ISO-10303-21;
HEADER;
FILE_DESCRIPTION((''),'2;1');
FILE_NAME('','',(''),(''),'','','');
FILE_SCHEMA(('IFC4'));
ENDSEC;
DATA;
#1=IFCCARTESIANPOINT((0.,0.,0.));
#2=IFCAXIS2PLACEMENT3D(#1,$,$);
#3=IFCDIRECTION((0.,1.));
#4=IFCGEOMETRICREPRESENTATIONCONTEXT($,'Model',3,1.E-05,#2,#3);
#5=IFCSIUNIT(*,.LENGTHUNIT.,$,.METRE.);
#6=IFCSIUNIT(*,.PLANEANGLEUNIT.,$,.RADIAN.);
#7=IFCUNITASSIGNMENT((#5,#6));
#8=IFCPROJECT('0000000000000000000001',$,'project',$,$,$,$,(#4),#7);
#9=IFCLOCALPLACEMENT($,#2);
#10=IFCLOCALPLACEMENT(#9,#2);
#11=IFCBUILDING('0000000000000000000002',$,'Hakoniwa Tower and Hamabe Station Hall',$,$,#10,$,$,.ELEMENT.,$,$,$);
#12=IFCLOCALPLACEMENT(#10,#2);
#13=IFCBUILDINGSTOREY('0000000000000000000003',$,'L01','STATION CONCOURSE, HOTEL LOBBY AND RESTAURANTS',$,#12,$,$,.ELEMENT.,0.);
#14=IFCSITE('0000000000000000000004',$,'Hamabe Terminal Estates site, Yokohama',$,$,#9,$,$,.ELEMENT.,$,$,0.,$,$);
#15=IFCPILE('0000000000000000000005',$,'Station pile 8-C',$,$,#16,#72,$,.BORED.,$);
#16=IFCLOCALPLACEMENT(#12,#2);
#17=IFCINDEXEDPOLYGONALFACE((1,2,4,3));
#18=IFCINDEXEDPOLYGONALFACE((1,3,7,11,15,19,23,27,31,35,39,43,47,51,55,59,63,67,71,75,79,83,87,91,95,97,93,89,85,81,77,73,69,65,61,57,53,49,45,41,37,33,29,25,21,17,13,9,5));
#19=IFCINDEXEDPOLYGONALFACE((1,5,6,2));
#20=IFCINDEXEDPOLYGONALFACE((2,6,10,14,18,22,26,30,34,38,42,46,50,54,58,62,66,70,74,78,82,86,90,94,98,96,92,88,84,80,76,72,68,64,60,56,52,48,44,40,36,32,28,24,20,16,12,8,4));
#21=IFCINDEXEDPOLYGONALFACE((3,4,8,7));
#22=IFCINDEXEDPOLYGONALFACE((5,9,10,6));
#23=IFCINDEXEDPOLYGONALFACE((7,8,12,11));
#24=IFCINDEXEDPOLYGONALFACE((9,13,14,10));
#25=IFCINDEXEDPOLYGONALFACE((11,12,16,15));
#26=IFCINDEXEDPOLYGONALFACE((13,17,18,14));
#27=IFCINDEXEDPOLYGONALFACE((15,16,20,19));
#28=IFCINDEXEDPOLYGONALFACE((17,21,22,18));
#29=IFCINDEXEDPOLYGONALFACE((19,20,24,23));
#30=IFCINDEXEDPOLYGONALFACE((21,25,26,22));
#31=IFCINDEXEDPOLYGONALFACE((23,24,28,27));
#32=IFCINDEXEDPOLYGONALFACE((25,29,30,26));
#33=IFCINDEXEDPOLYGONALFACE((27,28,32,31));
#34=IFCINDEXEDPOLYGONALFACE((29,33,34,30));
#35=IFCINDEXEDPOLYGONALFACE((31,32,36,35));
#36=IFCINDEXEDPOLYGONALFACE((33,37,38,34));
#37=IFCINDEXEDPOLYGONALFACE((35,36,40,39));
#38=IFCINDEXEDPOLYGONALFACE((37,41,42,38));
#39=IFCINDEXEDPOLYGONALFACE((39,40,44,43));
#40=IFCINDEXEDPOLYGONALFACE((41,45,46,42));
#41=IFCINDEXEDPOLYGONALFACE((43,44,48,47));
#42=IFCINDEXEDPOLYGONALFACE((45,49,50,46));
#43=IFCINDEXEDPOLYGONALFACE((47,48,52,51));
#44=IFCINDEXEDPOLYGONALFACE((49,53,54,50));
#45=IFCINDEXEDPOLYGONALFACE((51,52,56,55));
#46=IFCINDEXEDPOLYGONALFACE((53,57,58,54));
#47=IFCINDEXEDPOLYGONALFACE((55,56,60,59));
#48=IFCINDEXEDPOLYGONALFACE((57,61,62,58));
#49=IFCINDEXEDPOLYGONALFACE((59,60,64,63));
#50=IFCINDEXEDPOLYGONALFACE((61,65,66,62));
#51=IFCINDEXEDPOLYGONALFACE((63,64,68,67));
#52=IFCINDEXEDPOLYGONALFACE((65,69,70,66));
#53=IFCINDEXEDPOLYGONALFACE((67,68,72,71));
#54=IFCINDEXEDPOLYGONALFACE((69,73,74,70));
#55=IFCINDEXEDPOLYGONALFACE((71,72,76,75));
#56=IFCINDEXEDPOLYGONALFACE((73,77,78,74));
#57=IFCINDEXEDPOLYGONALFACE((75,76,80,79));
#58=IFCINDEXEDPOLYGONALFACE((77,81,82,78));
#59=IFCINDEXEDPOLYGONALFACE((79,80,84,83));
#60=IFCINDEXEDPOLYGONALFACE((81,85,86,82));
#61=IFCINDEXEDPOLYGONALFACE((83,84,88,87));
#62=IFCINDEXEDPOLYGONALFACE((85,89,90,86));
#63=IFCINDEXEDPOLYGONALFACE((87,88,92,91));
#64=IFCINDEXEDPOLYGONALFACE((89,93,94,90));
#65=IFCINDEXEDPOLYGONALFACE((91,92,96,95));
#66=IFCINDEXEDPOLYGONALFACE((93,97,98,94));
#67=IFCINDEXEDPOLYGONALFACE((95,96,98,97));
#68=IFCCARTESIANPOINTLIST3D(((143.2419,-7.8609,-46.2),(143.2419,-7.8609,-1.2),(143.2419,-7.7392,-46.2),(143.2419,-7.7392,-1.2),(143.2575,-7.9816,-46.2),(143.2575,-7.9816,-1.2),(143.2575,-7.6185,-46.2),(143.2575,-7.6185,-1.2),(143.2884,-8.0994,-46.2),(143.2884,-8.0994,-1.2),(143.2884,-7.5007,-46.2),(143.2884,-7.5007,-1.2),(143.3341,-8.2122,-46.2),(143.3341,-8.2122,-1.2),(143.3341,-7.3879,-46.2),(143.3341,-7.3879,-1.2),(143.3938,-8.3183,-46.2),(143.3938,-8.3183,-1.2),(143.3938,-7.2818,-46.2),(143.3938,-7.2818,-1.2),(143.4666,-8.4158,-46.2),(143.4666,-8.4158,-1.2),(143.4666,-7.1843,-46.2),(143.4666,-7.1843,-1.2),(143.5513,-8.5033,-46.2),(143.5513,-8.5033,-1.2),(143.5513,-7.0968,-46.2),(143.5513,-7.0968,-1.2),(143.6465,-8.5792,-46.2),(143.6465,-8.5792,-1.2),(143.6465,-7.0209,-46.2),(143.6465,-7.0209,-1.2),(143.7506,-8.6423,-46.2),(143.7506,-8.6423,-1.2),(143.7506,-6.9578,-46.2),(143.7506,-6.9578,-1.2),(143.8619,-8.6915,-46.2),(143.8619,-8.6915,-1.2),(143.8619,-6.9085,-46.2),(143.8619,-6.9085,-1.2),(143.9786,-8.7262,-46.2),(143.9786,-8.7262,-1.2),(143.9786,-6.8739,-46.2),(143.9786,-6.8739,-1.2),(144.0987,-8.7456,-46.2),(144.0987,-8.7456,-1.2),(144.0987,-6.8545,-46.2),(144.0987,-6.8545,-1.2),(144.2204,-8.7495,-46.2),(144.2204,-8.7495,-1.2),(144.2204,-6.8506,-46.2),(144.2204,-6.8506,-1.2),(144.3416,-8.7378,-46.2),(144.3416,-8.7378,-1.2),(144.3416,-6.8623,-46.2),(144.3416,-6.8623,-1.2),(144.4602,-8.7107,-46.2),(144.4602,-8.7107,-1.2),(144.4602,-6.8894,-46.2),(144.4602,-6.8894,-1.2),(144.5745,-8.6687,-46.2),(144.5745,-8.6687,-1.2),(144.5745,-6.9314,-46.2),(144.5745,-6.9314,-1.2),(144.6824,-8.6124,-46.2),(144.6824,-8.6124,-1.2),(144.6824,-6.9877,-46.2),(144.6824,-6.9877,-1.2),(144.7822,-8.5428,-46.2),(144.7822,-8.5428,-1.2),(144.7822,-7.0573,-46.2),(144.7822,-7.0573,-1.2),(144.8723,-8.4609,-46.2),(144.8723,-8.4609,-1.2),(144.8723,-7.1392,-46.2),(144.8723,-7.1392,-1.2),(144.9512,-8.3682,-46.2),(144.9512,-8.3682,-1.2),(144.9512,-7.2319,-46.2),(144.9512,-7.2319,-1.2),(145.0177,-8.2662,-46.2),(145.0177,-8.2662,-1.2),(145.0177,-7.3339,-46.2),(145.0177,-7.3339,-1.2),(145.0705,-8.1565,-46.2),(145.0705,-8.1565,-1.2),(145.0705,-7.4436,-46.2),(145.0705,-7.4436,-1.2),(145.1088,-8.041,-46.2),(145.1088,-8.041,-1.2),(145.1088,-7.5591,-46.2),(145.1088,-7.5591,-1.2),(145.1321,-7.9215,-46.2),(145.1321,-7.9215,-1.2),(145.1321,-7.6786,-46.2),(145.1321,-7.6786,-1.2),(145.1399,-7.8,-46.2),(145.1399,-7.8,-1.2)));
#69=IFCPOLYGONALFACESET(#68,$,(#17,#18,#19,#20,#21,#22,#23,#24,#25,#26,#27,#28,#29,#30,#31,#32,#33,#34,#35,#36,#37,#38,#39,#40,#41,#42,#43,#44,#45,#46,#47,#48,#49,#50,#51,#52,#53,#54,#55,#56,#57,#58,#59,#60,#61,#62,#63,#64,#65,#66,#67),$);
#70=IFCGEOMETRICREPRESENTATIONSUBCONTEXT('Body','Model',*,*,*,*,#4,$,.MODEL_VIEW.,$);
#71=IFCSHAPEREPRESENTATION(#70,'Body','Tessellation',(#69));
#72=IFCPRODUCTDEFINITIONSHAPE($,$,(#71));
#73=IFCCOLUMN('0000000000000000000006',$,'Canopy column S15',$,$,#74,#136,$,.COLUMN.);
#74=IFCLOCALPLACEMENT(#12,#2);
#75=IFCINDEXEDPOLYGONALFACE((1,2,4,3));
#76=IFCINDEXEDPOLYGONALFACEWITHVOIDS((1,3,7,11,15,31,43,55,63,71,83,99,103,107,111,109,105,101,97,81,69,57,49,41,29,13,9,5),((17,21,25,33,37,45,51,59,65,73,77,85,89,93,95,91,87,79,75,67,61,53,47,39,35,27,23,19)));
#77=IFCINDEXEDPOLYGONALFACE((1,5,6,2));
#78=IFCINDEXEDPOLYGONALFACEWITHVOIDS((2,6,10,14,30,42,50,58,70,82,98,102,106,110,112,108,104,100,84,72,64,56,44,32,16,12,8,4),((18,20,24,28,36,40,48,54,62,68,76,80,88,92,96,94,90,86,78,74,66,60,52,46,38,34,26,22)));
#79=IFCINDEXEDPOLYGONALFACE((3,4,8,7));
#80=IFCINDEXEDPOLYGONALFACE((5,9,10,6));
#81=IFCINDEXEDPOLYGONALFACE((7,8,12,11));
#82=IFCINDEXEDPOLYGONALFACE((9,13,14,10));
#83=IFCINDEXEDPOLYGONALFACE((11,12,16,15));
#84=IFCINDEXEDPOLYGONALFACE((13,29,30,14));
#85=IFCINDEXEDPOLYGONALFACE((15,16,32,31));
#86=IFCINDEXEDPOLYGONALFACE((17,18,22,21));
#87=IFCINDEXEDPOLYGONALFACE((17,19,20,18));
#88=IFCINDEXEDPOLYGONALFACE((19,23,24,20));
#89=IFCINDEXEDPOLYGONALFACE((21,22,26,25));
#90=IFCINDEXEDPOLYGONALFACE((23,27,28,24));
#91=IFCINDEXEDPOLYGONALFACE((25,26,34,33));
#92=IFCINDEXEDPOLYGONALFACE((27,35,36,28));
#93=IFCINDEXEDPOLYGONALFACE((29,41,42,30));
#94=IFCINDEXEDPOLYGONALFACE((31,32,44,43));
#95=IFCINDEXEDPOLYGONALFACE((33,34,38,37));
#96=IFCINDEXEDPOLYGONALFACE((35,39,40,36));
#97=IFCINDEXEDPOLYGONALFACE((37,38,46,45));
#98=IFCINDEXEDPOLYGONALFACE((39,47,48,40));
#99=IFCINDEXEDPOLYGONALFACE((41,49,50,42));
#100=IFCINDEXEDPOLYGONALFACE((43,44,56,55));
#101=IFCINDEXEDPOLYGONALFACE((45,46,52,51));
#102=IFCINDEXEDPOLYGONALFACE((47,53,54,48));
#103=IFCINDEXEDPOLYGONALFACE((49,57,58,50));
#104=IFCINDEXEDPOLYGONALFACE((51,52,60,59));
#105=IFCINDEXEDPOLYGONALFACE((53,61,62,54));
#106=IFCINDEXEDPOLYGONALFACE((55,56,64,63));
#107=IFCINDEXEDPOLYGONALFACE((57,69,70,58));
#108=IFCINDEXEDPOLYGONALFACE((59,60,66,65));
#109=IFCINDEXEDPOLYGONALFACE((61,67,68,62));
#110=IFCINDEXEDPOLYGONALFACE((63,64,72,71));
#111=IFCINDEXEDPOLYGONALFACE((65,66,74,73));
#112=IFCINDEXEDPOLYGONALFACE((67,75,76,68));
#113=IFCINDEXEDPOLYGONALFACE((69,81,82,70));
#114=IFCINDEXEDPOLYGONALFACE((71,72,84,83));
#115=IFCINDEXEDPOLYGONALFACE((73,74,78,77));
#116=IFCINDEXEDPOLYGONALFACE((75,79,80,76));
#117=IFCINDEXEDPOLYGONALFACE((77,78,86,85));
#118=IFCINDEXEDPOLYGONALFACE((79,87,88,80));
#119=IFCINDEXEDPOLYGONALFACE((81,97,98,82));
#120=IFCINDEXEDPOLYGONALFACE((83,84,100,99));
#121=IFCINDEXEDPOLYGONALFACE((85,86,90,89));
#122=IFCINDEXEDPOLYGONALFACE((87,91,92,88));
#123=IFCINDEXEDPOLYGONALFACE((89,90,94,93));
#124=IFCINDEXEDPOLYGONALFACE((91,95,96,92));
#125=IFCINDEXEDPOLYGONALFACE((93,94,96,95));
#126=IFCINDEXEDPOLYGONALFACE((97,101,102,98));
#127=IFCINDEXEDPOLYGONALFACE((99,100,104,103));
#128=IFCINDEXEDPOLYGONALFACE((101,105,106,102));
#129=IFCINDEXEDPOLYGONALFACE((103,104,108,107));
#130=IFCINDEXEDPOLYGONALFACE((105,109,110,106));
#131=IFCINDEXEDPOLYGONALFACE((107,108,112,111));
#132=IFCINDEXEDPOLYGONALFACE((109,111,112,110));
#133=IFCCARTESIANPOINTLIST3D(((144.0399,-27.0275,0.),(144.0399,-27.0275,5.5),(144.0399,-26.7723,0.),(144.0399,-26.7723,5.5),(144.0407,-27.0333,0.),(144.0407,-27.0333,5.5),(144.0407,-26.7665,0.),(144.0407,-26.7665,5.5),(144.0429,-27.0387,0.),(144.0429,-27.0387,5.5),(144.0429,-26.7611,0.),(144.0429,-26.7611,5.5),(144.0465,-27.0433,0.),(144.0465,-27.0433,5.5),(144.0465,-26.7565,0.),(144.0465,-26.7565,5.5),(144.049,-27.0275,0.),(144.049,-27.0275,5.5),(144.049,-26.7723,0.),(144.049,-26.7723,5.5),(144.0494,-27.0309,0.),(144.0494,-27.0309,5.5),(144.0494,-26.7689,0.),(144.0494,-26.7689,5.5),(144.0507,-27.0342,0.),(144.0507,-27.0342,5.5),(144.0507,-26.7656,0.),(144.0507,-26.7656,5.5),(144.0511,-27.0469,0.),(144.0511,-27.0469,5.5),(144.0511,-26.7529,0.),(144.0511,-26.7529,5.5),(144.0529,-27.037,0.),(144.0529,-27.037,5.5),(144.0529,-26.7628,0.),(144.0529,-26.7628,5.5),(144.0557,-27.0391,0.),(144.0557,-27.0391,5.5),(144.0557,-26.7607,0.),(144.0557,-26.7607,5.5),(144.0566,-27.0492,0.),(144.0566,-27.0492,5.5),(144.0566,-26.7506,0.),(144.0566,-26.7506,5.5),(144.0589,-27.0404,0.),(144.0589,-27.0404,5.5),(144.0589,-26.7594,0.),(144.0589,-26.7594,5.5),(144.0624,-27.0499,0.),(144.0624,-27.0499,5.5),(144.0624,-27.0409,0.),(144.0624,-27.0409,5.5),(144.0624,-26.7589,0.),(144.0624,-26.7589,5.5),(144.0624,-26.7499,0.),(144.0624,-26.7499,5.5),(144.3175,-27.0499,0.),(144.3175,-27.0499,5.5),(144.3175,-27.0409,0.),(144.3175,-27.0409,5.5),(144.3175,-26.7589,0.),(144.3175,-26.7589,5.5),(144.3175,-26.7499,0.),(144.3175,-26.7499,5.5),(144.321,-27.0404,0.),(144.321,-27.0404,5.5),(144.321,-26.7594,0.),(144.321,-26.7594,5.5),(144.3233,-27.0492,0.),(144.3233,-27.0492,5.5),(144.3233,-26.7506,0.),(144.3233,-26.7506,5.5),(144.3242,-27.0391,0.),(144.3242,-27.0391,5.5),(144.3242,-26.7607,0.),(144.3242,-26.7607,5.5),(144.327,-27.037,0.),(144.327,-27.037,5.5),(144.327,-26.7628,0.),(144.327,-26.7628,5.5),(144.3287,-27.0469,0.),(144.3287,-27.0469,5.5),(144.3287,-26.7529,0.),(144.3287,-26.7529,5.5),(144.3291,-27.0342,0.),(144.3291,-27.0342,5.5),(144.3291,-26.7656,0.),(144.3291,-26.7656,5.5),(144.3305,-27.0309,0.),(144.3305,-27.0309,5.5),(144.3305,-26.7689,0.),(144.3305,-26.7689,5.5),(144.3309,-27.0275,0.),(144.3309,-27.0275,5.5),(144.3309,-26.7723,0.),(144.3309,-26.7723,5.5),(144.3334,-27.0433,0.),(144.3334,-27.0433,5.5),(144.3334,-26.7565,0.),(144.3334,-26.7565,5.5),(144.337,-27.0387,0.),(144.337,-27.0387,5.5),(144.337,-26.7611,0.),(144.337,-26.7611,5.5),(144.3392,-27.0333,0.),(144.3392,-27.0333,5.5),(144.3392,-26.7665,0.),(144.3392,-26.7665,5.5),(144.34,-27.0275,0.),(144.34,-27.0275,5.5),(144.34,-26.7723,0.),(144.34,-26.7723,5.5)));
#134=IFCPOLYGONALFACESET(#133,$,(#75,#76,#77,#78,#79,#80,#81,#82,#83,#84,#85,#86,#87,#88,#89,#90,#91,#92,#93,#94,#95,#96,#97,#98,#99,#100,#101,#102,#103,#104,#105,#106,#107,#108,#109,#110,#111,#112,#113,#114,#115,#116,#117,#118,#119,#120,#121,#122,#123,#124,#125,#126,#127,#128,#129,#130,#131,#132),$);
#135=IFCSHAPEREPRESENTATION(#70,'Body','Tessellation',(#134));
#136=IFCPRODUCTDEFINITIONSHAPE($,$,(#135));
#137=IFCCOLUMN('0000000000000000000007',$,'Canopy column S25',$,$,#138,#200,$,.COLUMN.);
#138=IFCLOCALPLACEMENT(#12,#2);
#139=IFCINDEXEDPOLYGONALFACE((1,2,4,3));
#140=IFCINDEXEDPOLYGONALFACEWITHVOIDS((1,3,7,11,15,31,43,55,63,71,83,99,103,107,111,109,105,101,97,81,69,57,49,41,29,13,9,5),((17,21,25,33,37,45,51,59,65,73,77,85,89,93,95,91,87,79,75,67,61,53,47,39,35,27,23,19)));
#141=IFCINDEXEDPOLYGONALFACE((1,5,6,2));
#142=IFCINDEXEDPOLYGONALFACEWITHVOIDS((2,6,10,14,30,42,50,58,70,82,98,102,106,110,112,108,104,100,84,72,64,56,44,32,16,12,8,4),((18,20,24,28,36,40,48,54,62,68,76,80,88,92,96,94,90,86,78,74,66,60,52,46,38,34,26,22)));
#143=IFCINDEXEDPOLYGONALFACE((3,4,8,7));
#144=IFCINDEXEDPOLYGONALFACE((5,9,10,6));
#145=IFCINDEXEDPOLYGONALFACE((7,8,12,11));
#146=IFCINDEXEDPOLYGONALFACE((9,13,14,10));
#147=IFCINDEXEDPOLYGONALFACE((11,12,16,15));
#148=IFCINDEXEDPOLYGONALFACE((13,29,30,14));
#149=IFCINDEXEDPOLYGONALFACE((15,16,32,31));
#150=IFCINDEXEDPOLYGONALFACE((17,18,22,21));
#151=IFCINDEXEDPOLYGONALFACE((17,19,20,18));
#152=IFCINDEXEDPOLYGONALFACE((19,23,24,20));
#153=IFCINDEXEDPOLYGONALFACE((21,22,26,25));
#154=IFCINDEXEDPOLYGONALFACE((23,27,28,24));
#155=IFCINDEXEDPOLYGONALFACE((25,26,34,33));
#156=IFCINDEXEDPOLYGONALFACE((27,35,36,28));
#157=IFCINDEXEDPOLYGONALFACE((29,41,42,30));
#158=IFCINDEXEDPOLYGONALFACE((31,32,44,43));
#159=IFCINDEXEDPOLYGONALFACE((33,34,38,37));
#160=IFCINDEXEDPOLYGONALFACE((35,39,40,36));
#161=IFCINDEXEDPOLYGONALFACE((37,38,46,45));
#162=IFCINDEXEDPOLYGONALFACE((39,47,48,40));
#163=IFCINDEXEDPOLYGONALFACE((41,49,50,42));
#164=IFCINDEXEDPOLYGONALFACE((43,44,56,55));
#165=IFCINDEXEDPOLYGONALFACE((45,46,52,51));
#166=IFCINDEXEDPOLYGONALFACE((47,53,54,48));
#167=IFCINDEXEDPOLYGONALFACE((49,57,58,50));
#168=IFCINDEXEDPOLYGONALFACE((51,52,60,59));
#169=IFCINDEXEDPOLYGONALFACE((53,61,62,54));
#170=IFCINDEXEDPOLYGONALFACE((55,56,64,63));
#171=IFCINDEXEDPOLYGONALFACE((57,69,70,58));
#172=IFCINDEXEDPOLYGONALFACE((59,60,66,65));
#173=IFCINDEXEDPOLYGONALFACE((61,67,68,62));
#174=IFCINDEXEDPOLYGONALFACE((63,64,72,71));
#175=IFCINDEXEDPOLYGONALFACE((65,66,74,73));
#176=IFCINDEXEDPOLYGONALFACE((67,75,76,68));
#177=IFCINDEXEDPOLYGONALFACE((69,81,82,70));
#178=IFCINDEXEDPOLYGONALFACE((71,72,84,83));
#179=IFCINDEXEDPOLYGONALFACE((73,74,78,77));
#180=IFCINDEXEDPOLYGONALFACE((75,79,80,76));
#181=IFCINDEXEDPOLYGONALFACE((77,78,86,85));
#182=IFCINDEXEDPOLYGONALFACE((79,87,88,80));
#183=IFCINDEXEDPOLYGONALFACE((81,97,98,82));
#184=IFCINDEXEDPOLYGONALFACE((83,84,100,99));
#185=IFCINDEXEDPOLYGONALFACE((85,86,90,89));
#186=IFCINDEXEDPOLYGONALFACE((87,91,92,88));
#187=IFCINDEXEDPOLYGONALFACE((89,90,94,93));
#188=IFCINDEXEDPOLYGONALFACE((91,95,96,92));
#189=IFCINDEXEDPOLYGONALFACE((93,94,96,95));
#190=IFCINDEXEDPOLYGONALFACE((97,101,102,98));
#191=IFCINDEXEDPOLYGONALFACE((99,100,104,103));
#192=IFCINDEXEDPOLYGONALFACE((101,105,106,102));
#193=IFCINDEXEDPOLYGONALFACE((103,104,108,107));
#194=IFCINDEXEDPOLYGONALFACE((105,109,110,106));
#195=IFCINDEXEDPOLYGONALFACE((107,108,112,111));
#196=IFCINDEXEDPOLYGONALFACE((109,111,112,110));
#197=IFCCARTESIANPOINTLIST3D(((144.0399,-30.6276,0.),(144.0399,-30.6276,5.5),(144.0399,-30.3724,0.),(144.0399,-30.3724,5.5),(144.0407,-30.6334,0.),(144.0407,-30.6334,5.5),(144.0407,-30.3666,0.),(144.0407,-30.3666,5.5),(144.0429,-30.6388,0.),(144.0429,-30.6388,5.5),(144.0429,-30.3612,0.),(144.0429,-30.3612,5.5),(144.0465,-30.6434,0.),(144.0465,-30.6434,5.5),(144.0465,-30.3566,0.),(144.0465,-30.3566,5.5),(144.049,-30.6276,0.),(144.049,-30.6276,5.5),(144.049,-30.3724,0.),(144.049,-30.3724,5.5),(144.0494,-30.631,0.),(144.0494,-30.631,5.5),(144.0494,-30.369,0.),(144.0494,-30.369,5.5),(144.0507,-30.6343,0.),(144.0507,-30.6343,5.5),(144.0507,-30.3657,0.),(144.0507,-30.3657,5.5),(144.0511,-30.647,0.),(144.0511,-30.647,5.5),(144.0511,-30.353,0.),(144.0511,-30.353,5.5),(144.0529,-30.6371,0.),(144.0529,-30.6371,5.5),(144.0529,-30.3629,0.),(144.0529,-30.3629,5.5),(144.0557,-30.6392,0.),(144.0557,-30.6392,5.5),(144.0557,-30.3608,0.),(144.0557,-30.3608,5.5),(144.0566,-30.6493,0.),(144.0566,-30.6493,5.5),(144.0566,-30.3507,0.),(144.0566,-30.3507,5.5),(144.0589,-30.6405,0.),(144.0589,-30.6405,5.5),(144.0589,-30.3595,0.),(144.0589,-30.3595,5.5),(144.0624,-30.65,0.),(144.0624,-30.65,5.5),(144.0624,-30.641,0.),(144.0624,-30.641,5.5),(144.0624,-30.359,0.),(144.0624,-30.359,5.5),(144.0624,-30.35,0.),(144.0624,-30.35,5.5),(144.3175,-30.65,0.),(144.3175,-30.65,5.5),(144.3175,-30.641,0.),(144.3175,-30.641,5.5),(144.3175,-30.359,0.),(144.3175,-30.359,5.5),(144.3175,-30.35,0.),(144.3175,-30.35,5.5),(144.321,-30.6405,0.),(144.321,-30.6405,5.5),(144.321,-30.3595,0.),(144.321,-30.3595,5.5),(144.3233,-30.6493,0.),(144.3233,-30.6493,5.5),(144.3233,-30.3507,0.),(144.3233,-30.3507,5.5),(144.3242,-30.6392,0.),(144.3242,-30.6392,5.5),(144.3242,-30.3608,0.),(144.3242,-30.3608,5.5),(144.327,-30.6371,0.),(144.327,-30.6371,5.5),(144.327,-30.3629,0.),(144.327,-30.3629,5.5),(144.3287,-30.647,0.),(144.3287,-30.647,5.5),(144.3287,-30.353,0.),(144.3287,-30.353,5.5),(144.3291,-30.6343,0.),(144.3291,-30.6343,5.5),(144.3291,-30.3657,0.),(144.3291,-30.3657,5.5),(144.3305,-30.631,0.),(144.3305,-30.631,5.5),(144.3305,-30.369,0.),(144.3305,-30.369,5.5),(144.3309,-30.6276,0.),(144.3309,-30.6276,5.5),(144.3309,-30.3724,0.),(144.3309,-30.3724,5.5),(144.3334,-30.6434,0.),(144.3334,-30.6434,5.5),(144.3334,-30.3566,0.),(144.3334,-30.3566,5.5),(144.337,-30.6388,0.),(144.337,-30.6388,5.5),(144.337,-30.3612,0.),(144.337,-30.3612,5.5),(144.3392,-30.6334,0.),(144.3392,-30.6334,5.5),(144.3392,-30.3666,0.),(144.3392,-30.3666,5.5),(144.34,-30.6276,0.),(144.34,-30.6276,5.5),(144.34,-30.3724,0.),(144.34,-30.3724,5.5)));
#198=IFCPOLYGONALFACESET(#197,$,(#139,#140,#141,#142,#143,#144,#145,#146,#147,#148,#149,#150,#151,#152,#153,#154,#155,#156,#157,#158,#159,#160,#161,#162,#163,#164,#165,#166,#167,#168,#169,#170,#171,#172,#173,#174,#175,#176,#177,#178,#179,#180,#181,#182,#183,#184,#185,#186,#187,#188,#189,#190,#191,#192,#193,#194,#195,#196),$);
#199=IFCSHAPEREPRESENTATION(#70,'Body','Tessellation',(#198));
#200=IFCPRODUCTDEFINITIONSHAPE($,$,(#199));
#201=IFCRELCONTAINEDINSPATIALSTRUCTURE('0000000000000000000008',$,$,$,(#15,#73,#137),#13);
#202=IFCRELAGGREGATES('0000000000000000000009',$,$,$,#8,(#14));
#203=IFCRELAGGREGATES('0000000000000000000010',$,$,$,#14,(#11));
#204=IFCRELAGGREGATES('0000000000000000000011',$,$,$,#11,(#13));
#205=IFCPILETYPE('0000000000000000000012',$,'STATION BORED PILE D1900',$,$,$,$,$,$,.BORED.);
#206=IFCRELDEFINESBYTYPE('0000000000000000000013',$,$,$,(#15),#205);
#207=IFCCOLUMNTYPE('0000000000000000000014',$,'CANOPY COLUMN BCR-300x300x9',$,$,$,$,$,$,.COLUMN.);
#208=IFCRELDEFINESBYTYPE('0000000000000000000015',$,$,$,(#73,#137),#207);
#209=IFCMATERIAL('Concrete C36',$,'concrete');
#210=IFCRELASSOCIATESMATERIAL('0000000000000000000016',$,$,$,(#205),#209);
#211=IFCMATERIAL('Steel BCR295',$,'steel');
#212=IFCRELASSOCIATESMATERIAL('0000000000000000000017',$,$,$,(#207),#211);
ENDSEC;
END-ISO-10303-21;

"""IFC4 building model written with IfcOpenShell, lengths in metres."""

from ifc_helpers import new_model, si_unit, direction, frame, origin, origin_2d, place, context, subcontext, project, spatial, hollow_rectangle, circle, extrude, material, material_profile, profile_set, type_object, element, save


model = new_model("IFC4")

# Units and contexts
model_context = context("Model", 3, precision=1e-05, world=origin(), true_north=direction((0.0, 1.0)))
body_context = subcontext(model_context, "Body", "Model", "MODEL_VIEW")
ifc_project = project(units=[si_unit("LENGTHUNIT", "METRE"), si_unit("PLANEANGLEUNIT", "RADIAN")], contexts=[model_context])

# Site, building, storey
site_placement = place(None, origin())
site = spatial("IfcSite", under=ifc_project, at=site_placement, Name="Hamabe Terminal Estates site, Yokohama", CompositionType="ELEMENT", RefElevation=0.0)
building_placement = place(site_placement, origin())
building = spatial("IfcBuilding", under=site, at=building_placement, Name="Hakoniwa Tower and Hamabe Station Hall", CompositionType="ELEMENT")
storey_placement = place(building_placement, origin())
storey = spatial("IfcBuildingStorey", under=building, at=storey_placement, Name="L01", Description="STATION CONCOURSE, HOTEL LOBBY AND RESTAURANTS", CompositionType="ELEMENT", Elevation=0.0)

# Pile
ifc_material_1 = material(Name="Concrete C36", Category="concrete")
ifc_material_profile_1 = material_profile(ifc_material_1, circle(Radius=0.95, at=origin_2d()), Name="STATION BORED PILE D1900")
ifc_profile_set_1 = profile_set([ifc_material_profile_1], Name="Concrete C36")
pile_type_1 = type_object("IfcPileType", Name="STATION BORED PILE D1900", PredefinedType="BORED", material=ifc_profile_set_1)
for number, where, z_axis, x_axis, name in (
    (1, (144.1899, -7.8, -1.2), (0.0, 0.0, -1.0), (1.0, 0.0, 0.0), "Station pile 8-C"),
):
    element("IfcPile", number, at=place(storey_placement, frame(where, z_axis=z_axis, x_axis=x_axis)), inside=storey, type_object=pile_type_1, Name=name, PredefinedType="BORED", context=body_context, shape_type="SweptSolid", body=[
        extrude(circle(Radius=0.95, at=origin_2d()), origin(), (0.0, 0.0, 1.0), 45.0),
    ])

# Columns
ifc_material_2 = material(Name="Steel BCR295", Category="steel")
ifc_material_profile_2 = material_profile(ifc_material_2, hollow_rectangle(XDim=0.3, YDim=0.3, WallThickness=0.009, InnerFilletRadius=0.0134, OuterFilletRadius=0.0225, at=origin_2d()), Name="BCR-300x300x9")
ifc_profile_set_2 = profile_set([ifc_material_profile_2], Name="Steel BCR295")
column_type_1 = type_object("IfcColumnType", Name="CANOPY COLUMN BCR-300x300x9", PredefinedType="COLUMN", material=ifc_profile_set_2)
for number, where, z_axis, x_axis, name in (
    (2, (144.1899, -26.8999, 0.0), (0.0, 0.0, 1.0), (1.0, 0.0, 0.0), "Canopy column S15"),
    (3, (144.1899, -30.5, 0.0), (0.0, 0.0, 1.0), (1.0, 0.0, 0.0), "Canopy column S25"),
):
    element("IfcColumn", number, at=place(storey_placement, frame(where, z_axis=z_axis, x_axis=x_axis)), inside=storey, type_object=column_type_1, Name=name, PredefinedType="COLUMN", context=body_context, shape_type="SweptSolid", body=[
        extrude(hollow_rectangle(XDim=0.3, YDim=0.3, WallThickness=0.009, InnerFilletRadius=0.0134, OuterFilletRadius=0.0225, at=origin_2d()), origin(), (0.0, 0.0, 1.0), 5.5),
    ])

save(model, "model.ifc")
